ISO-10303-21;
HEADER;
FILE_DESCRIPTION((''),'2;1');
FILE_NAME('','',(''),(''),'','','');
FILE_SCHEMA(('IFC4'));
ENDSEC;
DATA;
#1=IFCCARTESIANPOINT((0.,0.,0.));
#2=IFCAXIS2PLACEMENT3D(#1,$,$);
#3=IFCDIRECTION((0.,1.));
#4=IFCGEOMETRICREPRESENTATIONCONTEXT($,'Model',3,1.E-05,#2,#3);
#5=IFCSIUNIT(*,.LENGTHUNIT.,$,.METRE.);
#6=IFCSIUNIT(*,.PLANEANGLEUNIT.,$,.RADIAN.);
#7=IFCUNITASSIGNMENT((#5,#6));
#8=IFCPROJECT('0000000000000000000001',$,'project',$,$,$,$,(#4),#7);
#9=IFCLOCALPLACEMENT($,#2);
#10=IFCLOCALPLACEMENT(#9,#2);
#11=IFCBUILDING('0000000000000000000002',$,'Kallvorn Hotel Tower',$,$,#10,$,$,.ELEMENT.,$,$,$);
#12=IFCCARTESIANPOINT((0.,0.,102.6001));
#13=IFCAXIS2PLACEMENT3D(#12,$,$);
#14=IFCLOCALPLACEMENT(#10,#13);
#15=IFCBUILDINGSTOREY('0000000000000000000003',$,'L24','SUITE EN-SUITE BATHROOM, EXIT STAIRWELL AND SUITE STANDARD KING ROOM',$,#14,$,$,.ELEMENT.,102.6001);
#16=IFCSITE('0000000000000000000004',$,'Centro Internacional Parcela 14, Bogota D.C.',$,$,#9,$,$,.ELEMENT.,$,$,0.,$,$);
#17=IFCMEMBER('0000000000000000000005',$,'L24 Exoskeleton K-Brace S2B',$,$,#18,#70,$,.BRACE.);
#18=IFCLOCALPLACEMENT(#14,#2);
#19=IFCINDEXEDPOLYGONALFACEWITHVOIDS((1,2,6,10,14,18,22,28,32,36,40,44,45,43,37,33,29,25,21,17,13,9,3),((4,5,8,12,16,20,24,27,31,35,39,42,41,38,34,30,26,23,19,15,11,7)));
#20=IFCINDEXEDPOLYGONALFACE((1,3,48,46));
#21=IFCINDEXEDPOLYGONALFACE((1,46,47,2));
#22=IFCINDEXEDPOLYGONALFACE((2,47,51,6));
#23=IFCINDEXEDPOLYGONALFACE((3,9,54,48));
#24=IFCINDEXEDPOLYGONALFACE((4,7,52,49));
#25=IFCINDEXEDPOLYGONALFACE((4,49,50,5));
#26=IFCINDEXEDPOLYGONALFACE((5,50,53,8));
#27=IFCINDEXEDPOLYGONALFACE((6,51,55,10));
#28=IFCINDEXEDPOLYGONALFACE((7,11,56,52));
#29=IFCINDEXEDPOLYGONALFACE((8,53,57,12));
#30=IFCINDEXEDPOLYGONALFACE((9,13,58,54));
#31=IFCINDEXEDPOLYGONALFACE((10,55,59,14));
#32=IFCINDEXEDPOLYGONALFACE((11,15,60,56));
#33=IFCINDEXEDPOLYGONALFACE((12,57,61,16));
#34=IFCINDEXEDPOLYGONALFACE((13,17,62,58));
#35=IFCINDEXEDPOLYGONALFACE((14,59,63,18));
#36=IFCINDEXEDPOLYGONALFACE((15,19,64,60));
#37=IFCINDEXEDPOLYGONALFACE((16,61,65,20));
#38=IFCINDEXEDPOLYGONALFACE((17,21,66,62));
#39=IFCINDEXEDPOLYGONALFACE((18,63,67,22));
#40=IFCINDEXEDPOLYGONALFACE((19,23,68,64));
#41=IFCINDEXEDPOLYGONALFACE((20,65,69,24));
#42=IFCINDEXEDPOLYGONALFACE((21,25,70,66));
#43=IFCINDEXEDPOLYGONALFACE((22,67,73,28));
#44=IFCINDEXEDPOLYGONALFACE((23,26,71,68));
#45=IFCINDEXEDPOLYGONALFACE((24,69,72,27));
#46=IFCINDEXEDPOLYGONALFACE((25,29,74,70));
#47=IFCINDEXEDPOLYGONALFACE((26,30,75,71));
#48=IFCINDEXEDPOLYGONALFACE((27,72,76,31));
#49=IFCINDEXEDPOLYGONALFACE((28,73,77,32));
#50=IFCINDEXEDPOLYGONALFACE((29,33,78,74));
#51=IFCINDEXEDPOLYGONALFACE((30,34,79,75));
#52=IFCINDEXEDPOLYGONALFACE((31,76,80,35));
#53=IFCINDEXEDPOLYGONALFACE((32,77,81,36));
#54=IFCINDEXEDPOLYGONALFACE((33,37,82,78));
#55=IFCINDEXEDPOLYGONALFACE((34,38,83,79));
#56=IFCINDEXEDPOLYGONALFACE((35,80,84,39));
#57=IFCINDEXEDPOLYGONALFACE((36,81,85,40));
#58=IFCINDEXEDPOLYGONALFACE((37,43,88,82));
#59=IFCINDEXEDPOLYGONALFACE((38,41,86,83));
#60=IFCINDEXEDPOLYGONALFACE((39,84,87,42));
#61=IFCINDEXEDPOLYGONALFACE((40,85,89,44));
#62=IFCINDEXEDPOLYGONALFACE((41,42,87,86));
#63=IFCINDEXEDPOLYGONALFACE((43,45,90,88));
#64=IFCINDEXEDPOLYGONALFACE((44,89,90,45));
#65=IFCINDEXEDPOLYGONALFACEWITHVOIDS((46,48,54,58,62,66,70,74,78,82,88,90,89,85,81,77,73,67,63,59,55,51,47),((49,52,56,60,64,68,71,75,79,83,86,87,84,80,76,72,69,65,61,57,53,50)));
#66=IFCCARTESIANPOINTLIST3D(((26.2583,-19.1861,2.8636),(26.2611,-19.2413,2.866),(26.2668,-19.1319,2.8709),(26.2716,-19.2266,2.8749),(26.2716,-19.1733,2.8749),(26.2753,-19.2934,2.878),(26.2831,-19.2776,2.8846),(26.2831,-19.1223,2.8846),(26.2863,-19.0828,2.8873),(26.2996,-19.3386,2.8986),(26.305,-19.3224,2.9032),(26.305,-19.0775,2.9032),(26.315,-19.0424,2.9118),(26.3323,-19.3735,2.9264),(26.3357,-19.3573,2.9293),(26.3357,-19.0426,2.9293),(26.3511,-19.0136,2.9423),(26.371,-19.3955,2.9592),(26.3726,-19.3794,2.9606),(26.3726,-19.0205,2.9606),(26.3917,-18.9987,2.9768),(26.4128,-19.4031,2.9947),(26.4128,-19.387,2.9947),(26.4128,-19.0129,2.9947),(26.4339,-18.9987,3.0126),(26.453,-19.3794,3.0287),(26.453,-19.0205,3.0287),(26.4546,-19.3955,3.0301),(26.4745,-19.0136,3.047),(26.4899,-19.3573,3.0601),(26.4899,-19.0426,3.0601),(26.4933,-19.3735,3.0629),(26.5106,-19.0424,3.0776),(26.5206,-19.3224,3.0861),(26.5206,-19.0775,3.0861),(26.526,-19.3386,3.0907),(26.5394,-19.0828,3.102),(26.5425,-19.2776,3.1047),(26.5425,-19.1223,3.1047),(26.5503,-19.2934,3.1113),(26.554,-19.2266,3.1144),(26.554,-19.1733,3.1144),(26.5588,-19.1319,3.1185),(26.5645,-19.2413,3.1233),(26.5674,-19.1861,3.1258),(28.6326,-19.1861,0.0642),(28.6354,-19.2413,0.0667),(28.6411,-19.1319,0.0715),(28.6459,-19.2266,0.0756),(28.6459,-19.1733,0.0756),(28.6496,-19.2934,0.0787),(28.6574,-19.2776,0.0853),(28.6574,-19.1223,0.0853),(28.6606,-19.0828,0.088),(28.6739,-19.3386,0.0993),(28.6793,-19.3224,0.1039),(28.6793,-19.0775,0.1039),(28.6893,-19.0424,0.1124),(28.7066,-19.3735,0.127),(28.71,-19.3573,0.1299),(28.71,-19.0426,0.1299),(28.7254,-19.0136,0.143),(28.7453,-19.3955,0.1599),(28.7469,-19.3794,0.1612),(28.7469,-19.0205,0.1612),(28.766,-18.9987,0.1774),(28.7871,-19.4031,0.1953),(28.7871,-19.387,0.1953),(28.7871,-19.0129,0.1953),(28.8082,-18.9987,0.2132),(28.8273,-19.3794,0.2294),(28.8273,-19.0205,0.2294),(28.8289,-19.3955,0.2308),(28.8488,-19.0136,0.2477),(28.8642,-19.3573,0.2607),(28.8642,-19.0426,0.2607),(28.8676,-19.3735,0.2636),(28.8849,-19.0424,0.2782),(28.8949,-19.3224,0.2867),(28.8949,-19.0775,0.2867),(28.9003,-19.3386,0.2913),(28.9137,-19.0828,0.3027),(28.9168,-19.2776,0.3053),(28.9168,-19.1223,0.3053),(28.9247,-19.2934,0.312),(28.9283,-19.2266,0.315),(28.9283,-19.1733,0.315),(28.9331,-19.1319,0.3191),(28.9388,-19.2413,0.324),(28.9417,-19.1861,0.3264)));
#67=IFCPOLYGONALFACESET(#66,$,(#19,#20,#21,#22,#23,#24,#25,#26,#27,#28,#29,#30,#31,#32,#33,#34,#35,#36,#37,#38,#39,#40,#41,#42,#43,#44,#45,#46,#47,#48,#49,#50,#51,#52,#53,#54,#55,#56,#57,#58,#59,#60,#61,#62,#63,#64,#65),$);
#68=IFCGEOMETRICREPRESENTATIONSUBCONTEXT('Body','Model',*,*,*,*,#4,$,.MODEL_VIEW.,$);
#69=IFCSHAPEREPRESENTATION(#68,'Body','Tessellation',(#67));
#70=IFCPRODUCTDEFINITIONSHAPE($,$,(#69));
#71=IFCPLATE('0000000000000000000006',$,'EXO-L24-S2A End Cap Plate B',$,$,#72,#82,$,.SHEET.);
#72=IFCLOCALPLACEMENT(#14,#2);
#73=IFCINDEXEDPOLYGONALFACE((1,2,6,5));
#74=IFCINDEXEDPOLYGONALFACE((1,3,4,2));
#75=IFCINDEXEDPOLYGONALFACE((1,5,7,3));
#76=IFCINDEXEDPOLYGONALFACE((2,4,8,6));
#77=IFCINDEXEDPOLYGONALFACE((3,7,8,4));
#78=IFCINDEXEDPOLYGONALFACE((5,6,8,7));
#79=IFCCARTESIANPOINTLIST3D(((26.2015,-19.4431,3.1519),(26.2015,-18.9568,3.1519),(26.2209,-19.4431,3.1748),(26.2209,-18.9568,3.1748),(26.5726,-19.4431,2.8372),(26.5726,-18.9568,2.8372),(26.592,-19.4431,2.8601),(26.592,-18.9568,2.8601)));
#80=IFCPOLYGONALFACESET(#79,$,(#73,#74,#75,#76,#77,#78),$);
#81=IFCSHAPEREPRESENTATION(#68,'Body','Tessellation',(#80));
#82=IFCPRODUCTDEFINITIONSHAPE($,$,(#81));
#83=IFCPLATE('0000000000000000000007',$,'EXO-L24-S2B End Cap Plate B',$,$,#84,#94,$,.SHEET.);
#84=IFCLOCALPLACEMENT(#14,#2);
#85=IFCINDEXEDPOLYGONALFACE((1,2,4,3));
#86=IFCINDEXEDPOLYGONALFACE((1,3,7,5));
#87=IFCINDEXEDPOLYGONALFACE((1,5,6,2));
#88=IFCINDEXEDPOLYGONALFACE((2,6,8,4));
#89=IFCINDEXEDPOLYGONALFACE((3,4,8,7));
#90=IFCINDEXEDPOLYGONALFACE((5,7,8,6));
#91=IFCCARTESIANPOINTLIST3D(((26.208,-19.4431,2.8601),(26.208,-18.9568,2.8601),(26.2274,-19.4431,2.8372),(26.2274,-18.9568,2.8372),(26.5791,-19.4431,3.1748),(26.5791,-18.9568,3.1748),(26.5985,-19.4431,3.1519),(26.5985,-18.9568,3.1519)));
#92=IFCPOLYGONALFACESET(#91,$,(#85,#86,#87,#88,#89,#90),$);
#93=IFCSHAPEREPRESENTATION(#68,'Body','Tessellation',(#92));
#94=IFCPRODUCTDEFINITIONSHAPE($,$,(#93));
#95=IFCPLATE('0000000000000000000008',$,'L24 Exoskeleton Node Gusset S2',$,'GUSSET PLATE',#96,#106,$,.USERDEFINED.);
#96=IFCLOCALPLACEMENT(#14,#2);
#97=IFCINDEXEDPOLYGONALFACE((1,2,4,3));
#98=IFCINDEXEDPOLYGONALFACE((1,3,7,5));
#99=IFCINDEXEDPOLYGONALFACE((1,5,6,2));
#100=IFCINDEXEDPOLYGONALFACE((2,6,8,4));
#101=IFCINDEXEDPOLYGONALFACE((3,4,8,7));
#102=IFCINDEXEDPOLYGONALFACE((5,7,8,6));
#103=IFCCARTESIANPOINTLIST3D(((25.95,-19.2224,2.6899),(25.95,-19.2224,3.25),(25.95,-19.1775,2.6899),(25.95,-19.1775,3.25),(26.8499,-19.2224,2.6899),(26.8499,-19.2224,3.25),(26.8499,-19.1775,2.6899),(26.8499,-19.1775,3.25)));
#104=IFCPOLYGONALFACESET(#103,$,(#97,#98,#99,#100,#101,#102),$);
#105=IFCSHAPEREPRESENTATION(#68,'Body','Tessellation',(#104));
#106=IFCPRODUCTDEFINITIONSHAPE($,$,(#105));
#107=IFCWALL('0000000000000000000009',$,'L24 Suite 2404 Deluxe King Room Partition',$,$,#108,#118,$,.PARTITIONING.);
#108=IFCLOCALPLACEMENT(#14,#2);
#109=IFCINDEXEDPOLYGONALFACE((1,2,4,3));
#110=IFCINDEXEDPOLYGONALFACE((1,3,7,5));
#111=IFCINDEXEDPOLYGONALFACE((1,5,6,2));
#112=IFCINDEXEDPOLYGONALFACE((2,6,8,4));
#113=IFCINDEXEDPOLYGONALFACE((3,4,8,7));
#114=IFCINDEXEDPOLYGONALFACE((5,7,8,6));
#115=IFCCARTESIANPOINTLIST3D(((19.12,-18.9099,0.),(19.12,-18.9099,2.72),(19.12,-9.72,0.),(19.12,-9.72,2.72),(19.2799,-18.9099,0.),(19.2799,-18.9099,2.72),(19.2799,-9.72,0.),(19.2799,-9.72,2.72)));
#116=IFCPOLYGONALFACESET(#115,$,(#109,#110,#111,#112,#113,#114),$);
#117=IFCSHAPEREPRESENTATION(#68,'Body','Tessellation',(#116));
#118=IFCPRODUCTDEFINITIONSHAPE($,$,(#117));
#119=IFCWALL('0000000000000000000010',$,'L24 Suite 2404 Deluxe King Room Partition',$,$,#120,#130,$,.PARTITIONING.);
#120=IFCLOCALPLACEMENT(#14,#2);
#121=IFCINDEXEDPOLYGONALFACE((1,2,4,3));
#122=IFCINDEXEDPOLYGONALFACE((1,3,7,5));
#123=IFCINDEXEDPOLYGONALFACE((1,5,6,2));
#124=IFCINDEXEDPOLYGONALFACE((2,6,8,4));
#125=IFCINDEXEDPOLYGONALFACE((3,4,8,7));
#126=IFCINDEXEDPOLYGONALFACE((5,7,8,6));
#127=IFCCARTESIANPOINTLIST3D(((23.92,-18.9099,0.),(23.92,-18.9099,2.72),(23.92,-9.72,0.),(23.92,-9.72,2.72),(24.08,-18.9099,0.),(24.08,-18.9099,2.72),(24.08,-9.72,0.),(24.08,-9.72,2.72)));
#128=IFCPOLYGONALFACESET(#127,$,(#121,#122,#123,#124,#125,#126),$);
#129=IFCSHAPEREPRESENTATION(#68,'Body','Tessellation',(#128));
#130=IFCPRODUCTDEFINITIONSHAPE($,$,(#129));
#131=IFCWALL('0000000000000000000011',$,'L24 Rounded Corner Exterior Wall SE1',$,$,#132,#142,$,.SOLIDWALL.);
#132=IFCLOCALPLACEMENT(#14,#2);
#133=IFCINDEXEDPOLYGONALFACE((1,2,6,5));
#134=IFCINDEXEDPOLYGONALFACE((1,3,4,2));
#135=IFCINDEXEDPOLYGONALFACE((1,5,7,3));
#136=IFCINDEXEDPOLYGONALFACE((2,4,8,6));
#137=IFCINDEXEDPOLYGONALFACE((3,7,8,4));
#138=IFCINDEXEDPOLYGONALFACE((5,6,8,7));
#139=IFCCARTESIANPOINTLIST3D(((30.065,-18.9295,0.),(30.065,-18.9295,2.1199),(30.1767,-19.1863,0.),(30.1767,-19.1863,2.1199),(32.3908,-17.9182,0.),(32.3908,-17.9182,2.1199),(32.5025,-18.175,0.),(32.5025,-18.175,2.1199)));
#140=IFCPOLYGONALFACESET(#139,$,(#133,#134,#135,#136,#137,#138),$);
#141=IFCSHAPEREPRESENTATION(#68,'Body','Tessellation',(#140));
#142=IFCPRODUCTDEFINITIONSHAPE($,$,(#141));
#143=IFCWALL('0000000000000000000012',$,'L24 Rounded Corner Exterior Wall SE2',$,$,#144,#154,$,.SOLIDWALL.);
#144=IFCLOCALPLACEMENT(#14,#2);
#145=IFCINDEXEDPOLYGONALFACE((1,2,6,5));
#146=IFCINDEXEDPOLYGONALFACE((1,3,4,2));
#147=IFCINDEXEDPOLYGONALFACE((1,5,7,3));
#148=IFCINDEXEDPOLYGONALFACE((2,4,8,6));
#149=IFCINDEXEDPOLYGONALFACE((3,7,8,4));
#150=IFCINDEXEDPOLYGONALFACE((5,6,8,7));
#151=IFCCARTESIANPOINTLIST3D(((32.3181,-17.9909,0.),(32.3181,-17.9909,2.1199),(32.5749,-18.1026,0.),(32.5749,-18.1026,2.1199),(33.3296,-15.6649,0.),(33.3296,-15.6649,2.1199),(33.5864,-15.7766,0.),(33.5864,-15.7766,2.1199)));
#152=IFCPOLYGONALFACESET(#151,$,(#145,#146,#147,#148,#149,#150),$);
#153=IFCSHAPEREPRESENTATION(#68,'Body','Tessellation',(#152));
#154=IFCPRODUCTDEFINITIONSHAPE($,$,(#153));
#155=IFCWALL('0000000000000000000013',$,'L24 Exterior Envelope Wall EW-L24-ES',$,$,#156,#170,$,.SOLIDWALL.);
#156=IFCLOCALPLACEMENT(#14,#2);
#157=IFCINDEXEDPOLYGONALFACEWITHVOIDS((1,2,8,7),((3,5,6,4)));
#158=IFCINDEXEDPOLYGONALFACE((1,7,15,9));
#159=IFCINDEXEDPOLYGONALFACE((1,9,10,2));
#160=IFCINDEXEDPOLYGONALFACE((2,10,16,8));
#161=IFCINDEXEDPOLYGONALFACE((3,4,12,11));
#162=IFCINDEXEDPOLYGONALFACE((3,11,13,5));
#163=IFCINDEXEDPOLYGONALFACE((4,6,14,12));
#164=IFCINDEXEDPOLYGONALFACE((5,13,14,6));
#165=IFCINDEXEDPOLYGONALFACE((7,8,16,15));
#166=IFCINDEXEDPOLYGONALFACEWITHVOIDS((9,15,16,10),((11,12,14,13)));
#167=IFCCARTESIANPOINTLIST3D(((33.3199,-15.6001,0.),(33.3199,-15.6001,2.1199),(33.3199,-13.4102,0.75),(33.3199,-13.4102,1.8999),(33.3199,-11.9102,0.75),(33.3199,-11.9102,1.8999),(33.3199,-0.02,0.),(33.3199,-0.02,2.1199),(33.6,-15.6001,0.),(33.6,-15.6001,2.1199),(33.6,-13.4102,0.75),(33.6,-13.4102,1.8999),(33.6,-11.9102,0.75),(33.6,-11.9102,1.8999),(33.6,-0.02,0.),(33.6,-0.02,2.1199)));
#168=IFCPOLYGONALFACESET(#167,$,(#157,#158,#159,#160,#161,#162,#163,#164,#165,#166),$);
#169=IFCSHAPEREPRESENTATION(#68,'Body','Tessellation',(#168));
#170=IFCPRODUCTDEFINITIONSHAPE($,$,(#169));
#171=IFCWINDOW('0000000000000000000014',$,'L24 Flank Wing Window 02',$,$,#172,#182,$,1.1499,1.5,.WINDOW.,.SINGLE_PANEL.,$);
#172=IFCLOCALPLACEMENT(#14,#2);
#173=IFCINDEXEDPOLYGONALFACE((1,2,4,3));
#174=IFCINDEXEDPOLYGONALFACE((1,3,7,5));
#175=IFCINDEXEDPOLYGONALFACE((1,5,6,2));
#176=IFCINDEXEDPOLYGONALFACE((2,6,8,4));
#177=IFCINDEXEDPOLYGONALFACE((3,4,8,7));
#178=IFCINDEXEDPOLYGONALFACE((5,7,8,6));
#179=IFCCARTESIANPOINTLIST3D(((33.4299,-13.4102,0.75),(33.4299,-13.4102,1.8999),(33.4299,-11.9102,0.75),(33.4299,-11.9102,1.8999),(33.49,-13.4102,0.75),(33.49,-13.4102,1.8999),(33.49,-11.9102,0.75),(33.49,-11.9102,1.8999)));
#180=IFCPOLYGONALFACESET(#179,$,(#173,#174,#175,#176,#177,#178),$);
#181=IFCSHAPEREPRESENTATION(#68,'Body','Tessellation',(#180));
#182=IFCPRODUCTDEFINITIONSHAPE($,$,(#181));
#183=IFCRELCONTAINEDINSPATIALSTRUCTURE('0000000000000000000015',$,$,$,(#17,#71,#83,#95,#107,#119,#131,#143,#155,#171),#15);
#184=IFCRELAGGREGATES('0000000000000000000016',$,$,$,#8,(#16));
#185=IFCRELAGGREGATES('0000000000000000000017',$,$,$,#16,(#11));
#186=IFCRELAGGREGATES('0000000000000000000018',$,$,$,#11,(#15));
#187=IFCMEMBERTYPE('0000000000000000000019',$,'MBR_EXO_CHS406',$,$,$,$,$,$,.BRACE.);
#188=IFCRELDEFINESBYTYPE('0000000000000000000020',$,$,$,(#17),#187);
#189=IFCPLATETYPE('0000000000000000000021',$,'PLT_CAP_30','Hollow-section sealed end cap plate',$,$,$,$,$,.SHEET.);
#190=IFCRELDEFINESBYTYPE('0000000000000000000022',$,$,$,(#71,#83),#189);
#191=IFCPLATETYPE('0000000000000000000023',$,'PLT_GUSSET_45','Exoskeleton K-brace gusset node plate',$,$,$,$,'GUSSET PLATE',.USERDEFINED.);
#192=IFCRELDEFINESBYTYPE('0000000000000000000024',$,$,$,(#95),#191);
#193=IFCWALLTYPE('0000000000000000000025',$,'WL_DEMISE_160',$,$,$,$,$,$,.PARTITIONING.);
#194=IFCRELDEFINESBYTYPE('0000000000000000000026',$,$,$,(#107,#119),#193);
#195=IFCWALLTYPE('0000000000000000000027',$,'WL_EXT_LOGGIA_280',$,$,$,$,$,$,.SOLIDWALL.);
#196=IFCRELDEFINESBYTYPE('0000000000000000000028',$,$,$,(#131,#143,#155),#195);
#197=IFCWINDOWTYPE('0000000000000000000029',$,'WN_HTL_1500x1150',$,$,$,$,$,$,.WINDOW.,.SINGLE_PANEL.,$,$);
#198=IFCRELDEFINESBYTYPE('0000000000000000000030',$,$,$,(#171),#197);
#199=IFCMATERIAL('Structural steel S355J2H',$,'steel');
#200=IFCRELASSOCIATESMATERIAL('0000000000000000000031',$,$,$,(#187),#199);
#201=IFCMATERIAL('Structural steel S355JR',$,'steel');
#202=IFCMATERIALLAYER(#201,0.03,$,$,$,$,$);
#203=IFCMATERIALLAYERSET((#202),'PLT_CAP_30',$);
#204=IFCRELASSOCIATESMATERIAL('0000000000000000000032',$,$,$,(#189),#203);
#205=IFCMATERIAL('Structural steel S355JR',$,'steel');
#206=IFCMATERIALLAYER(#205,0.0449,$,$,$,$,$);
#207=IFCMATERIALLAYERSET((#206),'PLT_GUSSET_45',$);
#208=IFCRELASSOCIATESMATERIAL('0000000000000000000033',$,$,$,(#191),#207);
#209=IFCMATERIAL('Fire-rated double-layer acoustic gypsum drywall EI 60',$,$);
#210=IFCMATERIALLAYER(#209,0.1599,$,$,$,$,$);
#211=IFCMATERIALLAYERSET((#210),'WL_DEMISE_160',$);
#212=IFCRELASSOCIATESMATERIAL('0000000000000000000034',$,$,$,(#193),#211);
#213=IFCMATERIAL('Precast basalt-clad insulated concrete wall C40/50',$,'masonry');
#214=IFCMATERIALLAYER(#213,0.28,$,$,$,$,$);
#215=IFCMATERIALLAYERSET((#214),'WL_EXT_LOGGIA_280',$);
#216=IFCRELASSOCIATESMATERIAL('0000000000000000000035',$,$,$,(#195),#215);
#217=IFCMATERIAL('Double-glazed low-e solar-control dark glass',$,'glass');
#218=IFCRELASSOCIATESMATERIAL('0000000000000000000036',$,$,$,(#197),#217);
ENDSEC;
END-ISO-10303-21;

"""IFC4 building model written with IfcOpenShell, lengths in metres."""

from ifc_helpers import new_model, si_unit, direction, frame, frame_2d, origin, origin_2d, place, context, subcontext, project, spatial, polyline, rectangle, hollow_circle, outline, extrude, material, layer, layer_set, material_profile, profile_set, type_object, element, fill, save


model = new_model("IFC4")

# Units and contexts
model_context = context("Model", 3, precision=1e-05, world=origin(), true_north=direction((0.0, 1.0)))
body_context = subcontext(model_context, "Body", "Model", "MODEL_VIEW")
ifc_project = project(units=[si_unit("LENGTHUNIT", "METRE"), si_unit("PLANEANGLEUNIT", "RADIAN")], contexts=[model_context])

# Site, building, storey
site_placement = place(None, origin())
site = spatial("IfcSite", under=ifc_project, at=site_placement, Name="Centro Internacional Parcela 14, Bogota D.C.", CompositionType="ELEMENT", RefElevation=0.0)
building_placement = place(site_placement, origin())
building = spatial("IfcBuilding", under=site, at=building_placement, Name="Kallvorn Hotel Tower", CompositionType="ELEMENT")
storey_placement = place(building_placement, frame((0.0, 0.0, 102.6001)))
storey = spatial("IfcBuildingStorey", under=building, at=storey_placement, Name="L24", Description="SUITE EN-SUITE BATHROOM, EXIT STAIRWELL AND SUITE STANDARD KING ROOM", CompositionType="ELEMENT", Elevation=102.6001)

# Member
ifc_material_1 = material(Name="Structural steel S355J2H", Category="steel")
ifc_material_profile_1 = material_profile(ifc_material_1, hollow_circle(Radius=0.2031, WallThickness=0.0161, at=origin_2d()), Name="CHS 406.4x16")
ifc_profile_set_1 = profile_set([ifc_material_profile_1], Name="Structural steel S355J2H")
member_type = type_object("IfcMemberType", Name="MBR_EXO_CHS406", PredefinedType="BRACE", material=ifc_profile_set_1)
for number, where, z_axis, x_axis, name in (
    (1, (28.7871, -19.2, 0.1953), (-0.646833, 0.0, 0.762631), (0.0, -1.0, 0.0), "L24 Exoskeleton K-Brace S2B"),
):
    element("IfcMember", number, at=place(storey_placement, frame(where, z_axis=z_axis, x_axis=x_axis)), inside=storey, type_object=member_type, Name=name, PredefinedType="BRACE", context=body_context, shape_type="SweptSolid", body=[
        extrude(hollow_circle(Radius=0.2031, WallThickness=0.0161, at=origin_2d()), origin(), (0.0, 0.0, 1.0), 3.6707),
    ])

# Plates
ifc_material_2 = material(Name="Structural steel S355JR", Category="steel")
ifc_layer_1 = layer(ifc_material_2, 0.03)
ifc_layer_set_1 = layer_set([ifc_layer_1], Name="PLT_CAP_30")
plate_type_1 = type_object("IfcPlateType", Name="PLT_CAP_30", Description="Hollow-section sealed end cap plate", PredefinedType="SHEET", material=ifc_layer_set_1)
for number, where, z_axis, x_axis, name in (
    (2, (26.592, -19.4431, 2.8601), (0.646774, 0.0, 0.762682), (0.0, 1.0, 0.0), "EXO-L24-S2A End Cap Plate B"),
    (3, (26.208, -18.9568, 2.8601), (-0.646774, 0.0, 0.762682), (0.0, -1.0, 0.0), "EXO-L24-S2B End Cap Plate B"),
):
    element("IfcPlate", number, at=place(storey_placement, frame(where, z_axis=z_axis, x_axis=x_axis)), inside=storey, type_object=plate_type_1, Name=name, PredefinedType="SHEET", context=body_context, shape_type="SweptSolid", body=[
        extrude(outline(polyline([(0.0, 0.0), (0.4863, 0.0), (0.4863, 0.4866), (0.0, 0.4866), (0.0, 0.0)])), origin(), (0.0, 0.0, -1.0), 0.03),
    ])
ifc_material_3 = material(Name="Structural steel S355JR", Category="steel")
ifc_layer_2 = layer(ifc_material_3, 0.0449)
ifc_layer_set_2 = layer_set([ifc_layer_2], Name="PLT_GUSSET_45")
plate_type_2 = type_object("IfcPlateType", Name="PLT_GUSSET_45", Description="Exoskeleton K-brace gusset node plate", ElementType="GUSSET PLATE", PredefinedType="USERDEFINED", material=ifc_layer_set_2)
plate_placement = place(storey_placement, frame((26.3999, -19.2, 2.6899), z_axis=(0.0, 0.0, 1.0), x_axis=(1.0, 0.0, 0.0)))
element("IfcPlate", 4, at=plate_placement, inside=storey, type_object=plate_type_2, Name="L24 Exoskeleton Node Gusset S2", ObjectType="GUSSET PLATE", PredefinedType="USERDEFINED", context=body_context, shape_type="SweptSolid", body=[
    extrude(rectangle(XDim=0.8999, YDim=0.0449, at=origin_2d()), origin(), (0.0, 0.0, 1.0), 0.5601),
])

# Walls
ifc_material_4 = material(Name="Fire-rated double-layer acoustic gypsum drywall EI 60")
ifc_layer_3 = layer(ifc_material_4, 0.1599)
ifc_layer_set_3 = layer_set([ifc_layer_3], Name="WL_DEMISE_160")
wall_type_1 = type_object("IfcWallType", Name="WL_DEMISE_160", PredefinedType="PARTITIONING", material=ifc_layer_set_3)
for number, where, z_axis, x_axis, name in (
    (5, (19.2, -18.9099, 0.0), (0.0, 0.0, 1.0), (0.0, 1.0, 0.0), "L24 Suite 2404 Deluxe King Room Partition"),
    (6, (24.0, -18.9099, 0.0), (0.0, 0.0, 1.0), (0.0, 1.0, 0.0), "L24 Suite 2404 Deluxe King Room Partition"),
):
    element("IfcWall", number, at=place(storey_placement, frame(where, z_axis=z_axis, x_axis=x_axis)), inside=storey, type_object=wall_type_1, Name=name, PredefinedType="PARTITIONING", context=body_context, shape_type="SweptSolid", body=[
        extrude(rectangle(XDim=9.1899, YDim=0.1599, at=frame_2d((4.595, 0.0))), origin(), (0.0, 0.0, 1.0), 2.72),
    ])
ifc_material_5 = material(Name="Precast basalt-clad insulated concrete wall C40/50", Category="masonry")
ifc_layer_4 = layer(ifc_material_5, 0.28)
ifc_layer_set_4 = layer_set([ifc_layer_4], Name="WL_EXT_LOGGIA_280")
wall_type_2 = type_object("IfcWallType", Name="WL_EXT_LOGGIA_280", PredefinedType="SOLIDWALL", material=ifc_layer_set_4)
wall_1_placement = place(storey_placement, frame((30.1208, -19.0579, 0.0), z_axis=(0.0, 0.0, 1.0), x_axis=(0.917061, 0.398747, 0.0)))
element("IfcWall", 7, at=wall_1_placement, inside=storey, type_object=wall_type_2, Name="L24 Rounded Corner Exterior Wall SE1", PredefinedType="SOLIDWALL", context=body_context, shape_type="SweptSolid", body=[
    extrude(rectangle(XDim=2.5361, YDim=0.28, at=frame_2d((1.2681, 0.0))), origin(), (0.0, 0.0, 1.0), 2.1199),
])
wall_2_placement = place(storey_placement, frame((32.4465, -18.0466, 0.0), z_axis=(0.0, 0.0, 1.0), x_axis=(0.398793, 0.917041, 0.0)))
element("IfcWall", 8, at=wall_2_placement, inside=storey, type_object=wall_type_2, Name="L24 Rounded Corner Exterior Wall SE2", PredefinedType="SOLIDWALL", context=body_context, shape_type="SweptSolid", body=[
    extrude(rectangle(XDim=2.5364, YDim=0.28, at=frame_2d((1.2681, 0.0))), origin(), (0.0, 0.0, 1.0), 2.1199),
])

# Wall, opening, window
wall_3_placement = place(storey_placement, frame((33.46, -15.6001, 0.0), z_axis=(0.0, 0.0, 1.0), x_axis=(0.0, 1.0, 0.0)))
wall_3 = element("IfcWall", 9, at=wall_3_placement, inside=storey, type_object=wall_type_2, Name="L24 Exterior Envelope Wall EW-L24-ES", PredefinedType="SOLIDWALL", context=body_context, shape_type="SweptSolid", body=[
    extrude(rectangle(XDim=15.5801, YDim=0.28, at=frame_2d((7.79, 0.0))), origin(), (0.0, 0.0, 1.0), 2.1199),
])
opening_placement = place(wall_3_placement, frame((2.1899, 0.0, 0.75)))
opening = element("IfcOpeningElement", 10, at=opening_placement, cuts=wall_3, PredefinedType="OPENING", context=body_context, shape_type="SweptSolid", body=[
    extrude(rectangle(XDim=1.5, YDim=1.1499, at=frame_2d((0.75, 0.575))), frame((0.0, 0.155, 0.0), z_axis=(0.0, -1.0, 0.0), x_axis=(1.0, 0.0, 0.0)), (0.0, 0.0, 1.0), 0.3101),
])
ifc_material_6 = material(Name="Double-glazed low-e solar-control dark glass", Category="glass")
window_type = type_object("IfcWindowType", Name="WN_HTL_1500x1150", PartitioningType="SINGLE_PANEL", PredefinedType="WINDOW", material=ifc_material_6)
window_placement = place(opening_placement, origin())
window = element("IfcWindow", 11, at=window_placement, inside=storey, type_object=window_type, Name="L24 Flank Wing Window 02", OverallHeight=1.1499, OverallWidth=1.5, PartitioningType="SINGLE_PANEL", PredefinedType="WINDOW", context=body_context, shape_type="SweptSolid", body=[
    extrude(rectangle(XDim=1.5, YDim=1.1499, at=frame_2d((0.75, 0.575))), frame((0.0, 0.03, 0.0), z_axis=(0.0, -1.0, 0.0), x_axis=(1.0, 0.0, 0.0)), (0.0, 0.0, 1.0), 0.0601),
])
fill(opening, window)

save(model, "model.ifc")
